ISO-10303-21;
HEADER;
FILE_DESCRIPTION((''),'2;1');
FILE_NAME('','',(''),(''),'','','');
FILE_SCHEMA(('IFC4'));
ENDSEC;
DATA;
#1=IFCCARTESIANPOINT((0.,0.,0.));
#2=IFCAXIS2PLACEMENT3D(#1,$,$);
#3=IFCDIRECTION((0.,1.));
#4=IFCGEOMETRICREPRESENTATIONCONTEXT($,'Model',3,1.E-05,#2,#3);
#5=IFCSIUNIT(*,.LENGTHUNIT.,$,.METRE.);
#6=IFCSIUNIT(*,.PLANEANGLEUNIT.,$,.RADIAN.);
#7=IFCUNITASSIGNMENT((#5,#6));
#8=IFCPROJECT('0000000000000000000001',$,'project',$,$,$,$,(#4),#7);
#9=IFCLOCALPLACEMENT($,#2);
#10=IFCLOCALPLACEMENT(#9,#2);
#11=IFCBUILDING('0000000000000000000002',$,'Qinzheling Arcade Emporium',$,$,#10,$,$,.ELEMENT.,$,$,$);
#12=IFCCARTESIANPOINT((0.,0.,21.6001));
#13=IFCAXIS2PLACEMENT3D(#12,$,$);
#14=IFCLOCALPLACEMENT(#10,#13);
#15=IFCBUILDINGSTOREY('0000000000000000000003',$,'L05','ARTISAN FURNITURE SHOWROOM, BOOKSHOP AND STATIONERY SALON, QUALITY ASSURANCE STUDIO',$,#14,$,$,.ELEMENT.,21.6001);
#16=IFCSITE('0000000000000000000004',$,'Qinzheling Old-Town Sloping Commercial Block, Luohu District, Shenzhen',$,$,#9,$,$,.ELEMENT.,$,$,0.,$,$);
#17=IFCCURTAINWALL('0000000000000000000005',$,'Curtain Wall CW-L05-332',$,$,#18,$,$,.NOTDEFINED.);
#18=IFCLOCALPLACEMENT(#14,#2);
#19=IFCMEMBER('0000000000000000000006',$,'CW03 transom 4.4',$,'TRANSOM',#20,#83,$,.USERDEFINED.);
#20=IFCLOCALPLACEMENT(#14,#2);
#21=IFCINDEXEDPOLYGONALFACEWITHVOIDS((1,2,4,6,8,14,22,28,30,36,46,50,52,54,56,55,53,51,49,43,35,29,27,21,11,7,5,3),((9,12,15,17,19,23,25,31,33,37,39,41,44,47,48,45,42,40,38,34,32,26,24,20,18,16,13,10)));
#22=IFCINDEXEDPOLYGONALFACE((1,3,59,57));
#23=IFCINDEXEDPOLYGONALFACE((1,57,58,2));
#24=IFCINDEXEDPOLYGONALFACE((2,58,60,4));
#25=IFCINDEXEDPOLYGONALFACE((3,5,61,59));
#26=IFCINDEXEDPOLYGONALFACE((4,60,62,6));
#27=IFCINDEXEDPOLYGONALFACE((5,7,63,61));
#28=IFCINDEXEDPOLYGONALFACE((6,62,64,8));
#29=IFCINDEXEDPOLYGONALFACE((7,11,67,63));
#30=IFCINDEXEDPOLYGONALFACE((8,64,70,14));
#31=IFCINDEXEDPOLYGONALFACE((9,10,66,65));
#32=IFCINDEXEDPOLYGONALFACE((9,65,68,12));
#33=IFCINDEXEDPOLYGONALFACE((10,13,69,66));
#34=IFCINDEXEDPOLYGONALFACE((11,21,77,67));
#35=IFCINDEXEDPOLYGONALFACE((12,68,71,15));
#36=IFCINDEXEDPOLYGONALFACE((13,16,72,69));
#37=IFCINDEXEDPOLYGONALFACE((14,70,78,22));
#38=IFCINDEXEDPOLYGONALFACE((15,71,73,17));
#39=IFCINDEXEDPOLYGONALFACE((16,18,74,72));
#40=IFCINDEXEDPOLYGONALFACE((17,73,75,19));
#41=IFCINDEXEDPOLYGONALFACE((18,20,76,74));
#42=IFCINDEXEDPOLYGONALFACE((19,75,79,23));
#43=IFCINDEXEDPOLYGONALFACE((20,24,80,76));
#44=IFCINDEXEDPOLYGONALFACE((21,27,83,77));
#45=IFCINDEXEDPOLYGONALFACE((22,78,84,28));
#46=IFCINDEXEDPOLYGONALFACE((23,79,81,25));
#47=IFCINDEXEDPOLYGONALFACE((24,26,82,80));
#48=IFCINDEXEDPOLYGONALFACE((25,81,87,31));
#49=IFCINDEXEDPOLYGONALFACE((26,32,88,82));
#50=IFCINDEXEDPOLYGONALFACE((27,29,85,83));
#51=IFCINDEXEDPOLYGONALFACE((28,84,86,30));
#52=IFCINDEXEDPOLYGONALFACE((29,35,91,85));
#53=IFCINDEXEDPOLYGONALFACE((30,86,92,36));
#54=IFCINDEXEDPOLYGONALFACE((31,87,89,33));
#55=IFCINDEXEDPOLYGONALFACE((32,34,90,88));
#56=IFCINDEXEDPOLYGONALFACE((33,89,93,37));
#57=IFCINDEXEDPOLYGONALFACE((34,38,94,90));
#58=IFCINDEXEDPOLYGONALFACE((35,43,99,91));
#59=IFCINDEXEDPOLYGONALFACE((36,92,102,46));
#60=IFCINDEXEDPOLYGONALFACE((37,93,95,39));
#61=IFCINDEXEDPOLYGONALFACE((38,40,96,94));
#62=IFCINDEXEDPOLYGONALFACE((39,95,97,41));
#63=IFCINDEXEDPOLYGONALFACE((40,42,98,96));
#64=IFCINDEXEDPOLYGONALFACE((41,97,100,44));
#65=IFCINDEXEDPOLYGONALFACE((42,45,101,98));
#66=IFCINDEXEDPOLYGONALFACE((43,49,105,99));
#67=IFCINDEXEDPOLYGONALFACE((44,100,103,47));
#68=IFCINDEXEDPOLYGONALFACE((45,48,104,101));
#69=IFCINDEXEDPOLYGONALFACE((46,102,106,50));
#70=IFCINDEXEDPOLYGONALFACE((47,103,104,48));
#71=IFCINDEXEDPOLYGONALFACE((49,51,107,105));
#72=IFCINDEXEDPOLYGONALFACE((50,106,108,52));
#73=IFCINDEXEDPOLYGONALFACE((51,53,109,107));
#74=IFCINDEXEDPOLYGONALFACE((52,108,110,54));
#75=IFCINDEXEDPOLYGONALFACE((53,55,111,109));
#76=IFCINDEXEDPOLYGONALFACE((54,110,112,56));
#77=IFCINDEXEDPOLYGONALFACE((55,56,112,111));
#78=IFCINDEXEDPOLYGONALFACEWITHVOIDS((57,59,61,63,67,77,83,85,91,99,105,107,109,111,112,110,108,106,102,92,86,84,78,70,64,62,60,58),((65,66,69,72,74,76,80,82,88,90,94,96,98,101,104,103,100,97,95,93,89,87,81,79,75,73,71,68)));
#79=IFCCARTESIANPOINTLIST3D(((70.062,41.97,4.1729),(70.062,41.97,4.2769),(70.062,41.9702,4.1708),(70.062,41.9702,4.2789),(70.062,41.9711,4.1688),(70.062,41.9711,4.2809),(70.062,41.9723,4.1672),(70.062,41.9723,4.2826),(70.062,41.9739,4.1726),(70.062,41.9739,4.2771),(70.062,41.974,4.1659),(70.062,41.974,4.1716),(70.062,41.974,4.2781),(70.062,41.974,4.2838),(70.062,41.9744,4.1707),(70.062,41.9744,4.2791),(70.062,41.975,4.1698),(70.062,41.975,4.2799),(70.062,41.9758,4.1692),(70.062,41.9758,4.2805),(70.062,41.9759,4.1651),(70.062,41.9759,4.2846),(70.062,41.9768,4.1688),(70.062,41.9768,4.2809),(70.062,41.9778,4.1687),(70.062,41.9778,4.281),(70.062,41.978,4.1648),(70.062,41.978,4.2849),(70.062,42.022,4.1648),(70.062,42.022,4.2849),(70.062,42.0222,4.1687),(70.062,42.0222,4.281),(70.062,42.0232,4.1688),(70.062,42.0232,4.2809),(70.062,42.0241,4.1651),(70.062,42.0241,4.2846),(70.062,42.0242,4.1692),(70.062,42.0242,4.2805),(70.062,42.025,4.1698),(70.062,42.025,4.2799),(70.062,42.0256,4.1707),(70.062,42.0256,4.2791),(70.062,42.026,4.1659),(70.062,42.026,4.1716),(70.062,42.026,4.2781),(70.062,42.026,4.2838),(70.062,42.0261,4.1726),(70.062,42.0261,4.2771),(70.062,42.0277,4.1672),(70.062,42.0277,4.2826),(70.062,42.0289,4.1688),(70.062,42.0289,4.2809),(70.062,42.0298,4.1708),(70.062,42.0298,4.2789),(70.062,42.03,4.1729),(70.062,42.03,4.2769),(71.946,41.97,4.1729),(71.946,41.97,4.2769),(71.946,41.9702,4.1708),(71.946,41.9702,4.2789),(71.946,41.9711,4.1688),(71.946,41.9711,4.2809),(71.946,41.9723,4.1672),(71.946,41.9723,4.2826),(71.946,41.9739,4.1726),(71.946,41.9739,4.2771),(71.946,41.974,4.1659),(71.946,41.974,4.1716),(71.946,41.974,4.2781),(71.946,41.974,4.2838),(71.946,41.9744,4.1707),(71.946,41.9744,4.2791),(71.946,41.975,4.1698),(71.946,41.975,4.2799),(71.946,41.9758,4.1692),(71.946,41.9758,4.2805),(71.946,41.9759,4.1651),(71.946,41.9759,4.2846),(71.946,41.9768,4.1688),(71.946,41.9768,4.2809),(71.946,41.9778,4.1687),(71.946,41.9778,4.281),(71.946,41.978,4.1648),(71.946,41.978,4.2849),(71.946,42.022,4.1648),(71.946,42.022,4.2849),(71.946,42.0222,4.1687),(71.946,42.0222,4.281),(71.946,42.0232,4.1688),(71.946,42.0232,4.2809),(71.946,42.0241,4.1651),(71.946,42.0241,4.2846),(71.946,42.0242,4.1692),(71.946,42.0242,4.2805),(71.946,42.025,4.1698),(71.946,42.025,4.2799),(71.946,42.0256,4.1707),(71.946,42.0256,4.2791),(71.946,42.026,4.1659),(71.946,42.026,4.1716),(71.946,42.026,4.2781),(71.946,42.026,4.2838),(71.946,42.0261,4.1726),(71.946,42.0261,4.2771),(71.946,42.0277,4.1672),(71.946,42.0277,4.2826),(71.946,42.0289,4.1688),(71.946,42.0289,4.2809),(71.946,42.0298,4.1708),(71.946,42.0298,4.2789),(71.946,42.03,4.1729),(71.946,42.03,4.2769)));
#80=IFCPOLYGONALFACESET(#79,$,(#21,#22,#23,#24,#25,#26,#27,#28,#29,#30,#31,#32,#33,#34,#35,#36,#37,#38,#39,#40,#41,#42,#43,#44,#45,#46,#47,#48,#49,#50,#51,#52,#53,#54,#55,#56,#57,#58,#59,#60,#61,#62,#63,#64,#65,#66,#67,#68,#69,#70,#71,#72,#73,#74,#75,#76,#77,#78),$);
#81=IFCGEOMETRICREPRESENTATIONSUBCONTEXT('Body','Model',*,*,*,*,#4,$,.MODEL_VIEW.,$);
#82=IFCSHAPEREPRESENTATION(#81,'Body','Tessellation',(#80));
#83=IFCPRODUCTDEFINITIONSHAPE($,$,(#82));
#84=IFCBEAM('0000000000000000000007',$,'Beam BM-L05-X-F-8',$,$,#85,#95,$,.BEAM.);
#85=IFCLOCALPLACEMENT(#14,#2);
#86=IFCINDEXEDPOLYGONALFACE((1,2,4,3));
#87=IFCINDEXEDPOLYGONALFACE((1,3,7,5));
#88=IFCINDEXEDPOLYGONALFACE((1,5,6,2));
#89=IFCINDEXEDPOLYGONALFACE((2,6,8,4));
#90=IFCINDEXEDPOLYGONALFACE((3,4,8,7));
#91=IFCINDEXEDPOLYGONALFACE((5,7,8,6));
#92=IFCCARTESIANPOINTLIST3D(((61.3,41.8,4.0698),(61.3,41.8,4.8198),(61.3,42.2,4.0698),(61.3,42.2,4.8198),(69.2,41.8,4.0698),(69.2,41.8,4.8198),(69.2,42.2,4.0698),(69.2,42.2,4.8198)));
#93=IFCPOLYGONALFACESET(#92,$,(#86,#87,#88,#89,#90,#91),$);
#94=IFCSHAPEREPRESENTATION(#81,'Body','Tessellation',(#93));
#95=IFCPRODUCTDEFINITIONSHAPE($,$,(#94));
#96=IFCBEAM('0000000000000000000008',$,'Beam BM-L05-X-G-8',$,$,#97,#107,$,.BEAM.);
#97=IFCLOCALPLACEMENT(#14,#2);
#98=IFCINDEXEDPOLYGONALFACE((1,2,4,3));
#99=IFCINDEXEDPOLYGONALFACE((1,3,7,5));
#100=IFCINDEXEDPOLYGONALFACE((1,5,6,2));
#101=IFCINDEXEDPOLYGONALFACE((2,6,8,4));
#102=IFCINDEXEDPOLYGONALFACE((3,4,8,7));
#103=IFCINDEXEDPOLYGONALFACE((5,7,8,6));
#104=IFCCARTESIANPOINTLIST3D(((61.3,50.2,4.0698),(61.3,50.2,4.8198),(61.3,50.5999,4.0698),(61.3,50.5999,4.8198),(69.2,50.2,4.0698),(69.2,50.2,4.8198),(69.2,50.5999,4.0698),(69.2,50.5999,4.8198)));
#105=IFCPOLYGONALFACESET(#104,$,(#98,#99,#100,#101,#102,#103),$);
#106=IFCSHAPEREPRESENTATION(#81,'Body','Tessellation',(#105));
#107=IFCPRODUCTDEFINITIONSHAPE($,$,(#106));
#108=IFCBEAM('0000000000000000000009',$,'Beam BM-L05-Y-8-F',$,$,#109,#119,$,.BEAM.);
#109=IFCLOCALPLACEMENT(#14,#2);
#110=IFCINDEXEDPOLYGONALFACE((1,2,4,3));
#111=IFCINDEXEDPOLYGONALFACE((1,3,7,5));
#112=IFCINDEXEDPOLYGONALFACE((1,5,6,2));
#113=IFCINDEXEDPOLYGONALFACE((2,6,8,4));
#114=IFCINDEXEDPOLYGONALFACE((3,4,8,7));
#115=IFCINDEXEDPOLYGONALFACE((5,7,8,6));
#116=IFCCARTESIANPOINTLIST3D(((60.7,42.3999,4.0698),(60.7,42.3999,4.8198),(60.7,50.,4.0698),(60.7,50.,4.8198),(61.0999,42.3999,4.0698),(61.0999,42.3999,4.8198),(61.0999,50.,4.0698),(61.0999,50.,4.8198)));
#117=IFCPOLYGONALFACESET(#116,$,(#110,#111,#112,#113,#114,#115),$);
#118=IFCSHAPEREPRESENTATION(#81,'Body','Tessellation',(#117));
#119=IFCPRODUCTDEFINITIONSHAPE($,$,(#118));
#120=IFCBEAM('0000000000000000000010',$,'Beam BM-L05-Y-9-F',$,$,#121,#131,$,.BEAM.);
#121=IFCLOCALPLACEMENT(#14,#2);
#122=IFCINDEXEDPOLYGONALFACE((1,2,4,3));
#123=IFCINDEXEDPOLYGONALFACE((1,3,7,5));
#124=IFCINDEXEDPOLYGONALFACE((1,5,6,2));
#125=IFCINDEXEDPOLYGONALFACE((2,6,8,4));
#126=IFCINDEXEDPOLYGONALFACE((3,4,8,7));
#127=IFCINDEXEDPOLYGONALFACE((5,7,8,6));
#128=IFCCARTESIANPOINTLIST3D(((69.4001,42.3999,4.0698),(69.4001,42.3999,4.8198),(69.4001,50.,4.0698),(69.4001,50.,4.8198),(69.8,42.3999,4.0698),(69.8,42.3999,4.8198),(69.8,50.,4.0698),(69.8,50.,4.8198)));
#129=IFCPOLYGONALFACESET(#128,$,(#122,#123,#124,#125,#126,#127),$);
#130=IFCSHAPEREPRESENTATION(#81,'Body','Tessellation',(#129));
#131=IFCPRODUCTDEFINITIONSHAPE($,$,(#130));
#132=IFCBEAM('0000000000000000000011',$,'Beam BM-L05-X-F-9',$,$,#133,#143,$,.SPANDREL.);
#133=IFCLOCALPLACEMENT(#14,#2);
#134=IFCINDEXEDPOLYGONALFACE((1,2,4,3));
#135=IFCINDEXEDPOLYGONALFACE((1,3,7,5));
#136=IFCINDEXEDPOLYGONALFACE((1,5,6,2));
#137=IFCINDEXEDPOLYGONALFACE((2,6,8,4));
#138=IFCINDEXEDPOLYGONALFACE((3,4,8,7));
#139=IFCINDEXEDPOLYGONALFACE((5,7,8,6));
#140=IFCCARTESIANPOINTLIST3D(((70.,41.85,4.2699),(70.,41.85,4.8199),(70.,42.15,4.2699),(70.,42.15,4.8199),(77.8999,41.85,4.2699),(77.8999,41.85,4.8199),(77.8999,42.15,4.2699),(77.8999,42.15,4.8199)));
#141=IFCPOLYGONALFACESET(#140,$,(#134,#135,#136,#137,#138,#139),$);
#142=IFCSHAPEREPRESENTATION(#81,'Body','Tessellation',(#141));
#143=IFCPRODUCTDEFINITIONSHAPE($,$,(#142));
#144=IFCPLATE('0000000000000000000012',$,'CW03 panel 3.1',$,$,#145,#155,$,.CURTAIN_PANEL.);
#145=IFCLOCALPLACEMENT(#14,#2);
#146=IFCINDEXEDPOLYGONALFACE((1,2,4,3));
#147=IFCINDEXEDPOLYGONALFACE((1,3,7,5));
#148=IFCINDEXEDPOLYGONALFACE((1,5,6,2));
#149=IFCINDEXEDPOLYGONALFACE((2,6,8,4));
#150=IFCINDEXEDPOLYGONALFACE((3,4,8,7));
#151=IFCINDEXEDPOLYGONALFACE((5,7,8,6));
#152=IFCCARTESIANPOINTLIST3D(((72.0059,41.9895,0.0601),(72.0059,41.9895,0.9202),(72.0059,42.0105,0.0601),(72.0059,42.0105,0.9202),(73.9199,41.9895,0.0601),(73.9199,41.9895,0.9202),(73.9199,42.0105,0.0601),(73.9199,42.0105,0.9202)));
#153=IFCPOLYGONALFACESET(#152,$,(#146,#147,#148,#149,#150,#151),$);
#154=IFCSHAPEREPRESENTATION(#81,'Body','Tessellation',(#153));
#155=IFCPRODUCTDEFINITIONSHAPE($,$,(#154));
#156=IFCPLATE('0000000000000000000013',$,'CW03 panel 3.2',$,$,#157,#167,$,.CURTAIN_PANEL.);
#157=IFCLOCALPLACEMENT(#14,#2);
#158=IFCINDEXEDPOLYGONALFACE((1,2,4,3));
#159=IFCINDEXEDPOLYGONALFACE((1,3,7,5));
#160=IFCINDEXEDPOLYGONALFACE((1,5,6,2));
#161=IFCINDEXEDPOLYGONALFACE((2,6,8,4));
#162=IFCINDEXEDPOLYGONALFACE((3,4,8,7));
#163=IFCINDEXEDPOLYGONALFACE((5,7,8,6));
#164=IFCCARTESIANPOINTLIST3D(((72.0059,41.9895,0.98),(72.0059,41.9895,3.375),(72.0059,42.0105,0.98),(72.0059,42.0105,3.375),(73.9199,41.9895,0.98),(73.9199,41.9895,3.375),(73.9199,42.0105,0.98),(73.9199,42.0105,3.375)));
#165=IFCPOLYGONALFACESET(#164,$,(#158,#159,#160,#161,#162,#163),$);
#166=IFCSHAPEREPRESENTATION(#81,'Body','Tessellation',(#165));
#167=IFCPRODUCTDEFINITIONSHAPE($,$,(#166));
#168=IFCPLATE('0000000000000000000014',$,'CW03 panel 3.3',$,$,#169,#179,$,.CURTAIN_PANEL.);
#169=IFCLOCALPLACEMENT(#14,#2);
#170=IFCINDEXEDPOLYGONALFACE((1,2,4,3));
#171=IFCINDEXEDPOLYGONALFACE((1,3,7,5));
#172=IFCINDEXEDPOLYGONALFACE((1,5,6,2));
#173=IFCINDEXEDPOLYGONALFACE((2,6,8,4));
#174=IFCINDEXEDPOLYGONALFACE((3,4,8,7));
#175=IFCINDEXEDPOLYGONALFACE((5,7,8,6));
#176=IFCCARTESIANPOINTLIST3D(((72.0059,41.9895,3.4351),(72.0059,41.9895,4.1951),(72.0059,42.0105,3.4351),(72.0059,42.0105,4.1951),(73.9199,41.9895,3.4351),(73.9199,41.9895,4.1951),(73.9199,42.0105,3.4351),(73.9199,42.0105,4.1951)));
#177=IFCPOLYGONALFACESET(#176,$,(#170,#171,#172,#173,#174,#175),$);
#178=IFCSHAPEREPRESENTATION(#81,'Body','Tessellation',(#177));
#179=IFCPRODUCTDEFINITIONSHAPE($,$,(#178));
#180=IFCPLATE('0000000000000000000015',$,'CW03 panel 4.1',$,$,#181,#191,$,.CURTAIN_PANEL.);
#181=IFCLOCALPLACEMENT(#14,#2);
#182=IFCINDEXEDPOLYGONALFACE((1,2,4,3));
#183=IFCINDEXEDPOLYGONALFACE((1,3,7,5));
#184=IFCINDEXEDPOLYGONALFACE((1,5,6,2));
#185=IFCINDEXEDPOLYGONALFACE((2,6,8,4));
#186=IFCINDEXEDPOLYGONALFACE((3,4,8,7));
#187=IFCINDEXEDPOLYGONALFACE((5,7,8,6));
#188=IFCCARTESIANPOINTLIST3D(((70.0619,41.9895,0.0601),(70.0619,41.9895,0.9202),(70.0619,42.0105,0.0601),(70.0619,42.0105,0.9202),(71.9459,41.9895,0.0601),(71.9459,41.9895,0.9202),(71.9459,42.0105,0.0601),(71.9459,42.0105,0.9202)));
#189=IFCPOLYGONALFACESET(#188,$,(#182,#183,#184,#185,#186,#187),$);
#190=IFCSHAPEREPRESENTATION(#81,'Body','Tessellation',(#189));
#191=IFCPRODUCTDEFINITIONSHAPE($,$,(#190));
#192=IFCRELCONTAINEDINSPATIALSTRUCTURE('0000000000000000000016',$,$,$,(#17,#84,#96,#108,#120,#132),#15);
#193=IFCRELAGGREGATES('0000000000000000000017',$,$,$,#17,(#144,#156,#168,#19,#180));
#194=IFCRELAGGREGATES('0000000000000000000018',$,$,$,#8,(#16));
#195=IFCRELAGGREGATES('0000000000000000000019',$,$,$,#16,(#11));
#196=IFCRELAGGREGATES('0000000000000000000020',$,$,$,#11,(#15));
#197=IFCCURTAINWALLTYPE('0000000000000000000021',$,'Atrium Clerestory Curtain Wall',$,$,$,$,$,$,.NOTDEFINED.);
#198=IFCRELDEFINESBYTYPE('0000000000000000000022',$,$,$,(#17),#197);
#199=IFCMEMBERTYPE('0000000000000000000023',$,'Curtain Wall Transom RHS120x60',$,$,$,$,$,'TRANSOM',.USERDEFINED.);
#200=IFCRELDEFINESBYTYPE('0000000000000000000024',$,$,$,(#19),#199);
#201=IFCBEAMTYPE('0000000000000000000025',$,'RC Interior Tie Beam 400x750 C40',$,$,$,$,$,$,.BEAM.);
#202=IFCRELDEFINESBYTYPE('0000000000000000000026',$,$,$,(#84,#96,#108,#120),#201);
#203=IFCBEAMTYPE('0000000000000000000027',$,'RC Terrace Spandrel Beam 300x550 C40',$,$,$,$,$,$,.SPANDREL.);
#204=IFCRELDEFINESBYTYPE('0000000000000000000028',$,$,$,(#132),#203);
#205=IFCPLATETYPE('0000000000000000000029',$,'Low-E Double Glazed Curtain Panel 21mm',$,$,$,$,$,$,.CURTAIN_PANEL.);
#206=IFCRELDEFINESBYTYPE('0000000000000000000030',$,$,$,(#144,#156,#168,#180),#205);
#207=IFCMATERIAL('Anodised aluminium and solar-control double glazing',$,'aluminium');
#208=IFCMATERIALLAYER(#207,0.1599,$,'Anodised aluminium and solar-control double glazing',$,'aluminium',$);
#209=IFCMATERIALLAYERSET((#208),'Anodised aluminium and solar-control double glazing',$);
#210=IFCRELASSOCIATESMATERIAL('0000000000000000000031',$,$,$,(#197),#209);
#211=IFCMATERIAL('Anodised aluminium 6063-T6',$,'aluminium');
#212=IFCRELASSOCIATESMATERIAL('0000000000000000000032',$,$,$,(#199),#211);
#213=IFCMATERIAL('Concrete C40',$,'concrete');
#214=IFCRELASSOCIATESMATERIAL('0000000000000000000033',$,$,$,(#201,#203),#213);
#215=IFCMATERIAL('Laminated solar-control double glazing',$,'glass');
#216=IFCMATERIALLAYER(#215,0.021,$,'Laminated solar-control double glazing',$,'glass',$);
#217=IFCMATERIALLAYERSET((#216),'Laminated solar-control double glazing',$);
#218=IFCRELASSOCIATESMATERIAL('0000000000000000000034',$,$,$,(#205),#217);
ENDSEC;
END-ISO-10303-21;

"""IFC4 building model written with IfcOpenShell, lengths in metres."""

from ifc_helpers import new_model, si_unit, direction, frame, origin, origin_2d, place, context, subcontext, project, spatial, rectangle, hollow_rectangle, extrude, material, layer, layer_set, material_profile, profile_set, type_object, element, aggregate, save


model = new_model("IFC4")

# Units and contexts
model_context = context("Model", 3, precision=1e-05, world=origin(), true_north=direction((0.0, 1.0)))
body_context = subcontext(model_context, "Body", "Model", "MODEL_VIEW")
ifc_project = project(units=[si_unit("LENGTHUNIT", "METRE"), si_unit("PLANEANGLEUNIT", "RADIAN")], contexts=[model_context])

# Site, building, storey
site_placement = place(None, origin())
site = spatial("IfcSite", under=ifc_project, at=site_placement, Name="Qinzheling Old-Town Sloping Commercial Block, Luohu District, Shenzhen", CompositionType="ELEMENT", RefElevation=0.0)
building_placement = place(site_placement, origin())
building = spatial("IfcBuilding", under=site, at=building_placement, Name="Qinzheling Arcade Emporium", CompositionType="ELEMENT")
storey_placement = place(building_placement, frame((0.0, 0.0, 21.6001)))
storey = spatial("IfcBuildingStorey", under=building, at=storey_placement, Name="L05", Description="ARTISAN FURNITURE SHOWROOM, BOOKSHOP AND STATIONERY SALON, QUALITY ASSURANCE STUDIO", CompositionType="ELEMENT", Elevation=21.6001)

# Shared definitions
ifc_material_1 = material(Name="Concrete C40", Category="concrete")

# Curtain wall, member
ifc_material_2 = material(Name="Anodised aluminium and solar-control double glazing", Category="aluminium")
ifc_layer_1 = layer(ifc_material_2, 0.1599, Name="Anodised aluminium and solar-control double glazing", Category="aluminium")
ifc_layer_set_1 = layer_set([ifc_layer_1], Name="Anodised aluminium and solar-control double glazing")
curtain_wall_type = type_object("IfcCurtainWallType", Name="Atrium Clerestory Curtain Wall", PredefinedType="NOTDEFINED", material=ifc_layer_set_1)
curtain_wall_placement = place(storey_placement, origin())
curtain_wall = element("IfcCurtainWall", 1, at=curtain_wall_placement, inside=storey, type_object=curtain_wall_type, Name="Curtain Wall CW-L05-332", PredefinedType="NOTDEFINED")
ifc_material_3 = material(Name="Anodised aluminium 6063-T6", Category="aluminium")
ifc_material_profile_1 = material_profile(ifc_material_3, hollow_rectangle(XDim=0.0601, YDim=0.1201, WallThickness=0.0039, InnerFilletRadius=0.0039, OuterFilletRadius=0.0081, at=origin_2d()), Name="RHS 120x60x4", Category="aluminium")
ifc_profile_set_1 = profile_set([ifc_material_profile_1], Name="Anodised aluminium 6063-T6")
member_type_1 = type_object("IfcMemberType", Name="Curtain Wall Transom RHS120x60", ElementType="TRANSOM", PredefinedType="USERDEFINED", material=ifc_profile_set_1)
member_1_placement = place(storey_placement, frame((71.946, 42.0, 4.2249), z_axis=(-1.0, 0.0, 0.0), x_axis=(0.0, -1.0, 0.0)))
member_1 = element("IfcMember", 2, at=member_1_placement, type_object=member_type_1, Name="CW03 transom 4.4", ObjectType="TRANSOM", PredefinedType="USERDEFINED", context=body_context, shape_type="SweptSolid", body=[
    extrude(hollow_rectangle(XDim=0.0601, YDim=0.1201, WallThickness=0.0039, InnerFilletRadius=0.0039, OuterFilletRadius=0.0081, at=origin_2d()), origin(), (0.0, 0.0, 1.0), 1.884),
])

# Beams
ifc_material_profile_2 = material_profile(ifc_material_1, rectangle(XDim=0.3999, YDim=0.75, at=origin_2d()), Name="RC 400x750", Category="concrete")
ifc_profile_set_2 = profile_set([ifc_material_profile_2], Name="Concrete C40")
beam_type_1 = type_object("IfcBeamType", Name="RC Interior Tie Beam 400x750 C40", PredefinedType="BEAM", material=ifc_profile_set_2)
for number, where, z_axis, x_axis, name in (
    (3, (61.3, 42.0, 4.4448), (1.0, 0.0, 0.0), (0.0, 1.0, 0.0), "Beam BM-L05-X-F-8"),
    (4, (61.3, 50.3999, 4.4448), (1.0, 0.0, 0.0), (0.0, 1.0, 0.0), "Beam BM-L05-X-G-8"),
):
    element("IfcBeam", number, at=place(storey_placement, frame(where, z_axis=z_axis, x_axis=x_axis)), inside=storey, type_object=beam_type_1, Name=name, PredefinedType="BEAM", context=body_context, shape_type="SweptSolid", body=[
        extrude(rectangle(XDim=0.3999, YDim=0.75, at=origin_2d()), origin(), (0.0, 0.0, 1.0), 7.8999),
    ])
for number, where, z_axis, x_axis, name in (
    (5, (60.8999, 42.3999, 4.4448), (0.0, 1.0, 0.0), (-1.0, 0.0, 0.0), "Beam BM-L05-Y-8-F"),
    (6, (69.6001, 42.3999, 4.4448), (0.0, 1.0, 0.0), (-1.0, 0.0, 0.0), "Beam BM-L05-Y-9-F"),
):
    element("IfcBeam", number, at=place(storey_placement, frame(where, z_axis=z_axis, x_axis=x_axis)), inside=storey, type_object=beam_type_1, Name=name, PredefinedType="BEAM", context=body_context, shape_type="SweptSolid", body=[
        extrude(rectangle(XDim=0.3999, YDim=0.75, at=origin_2d()), origin(), (0.0, 0.0, 1.0), 7.6001),
    ])
ifc_material_profile_3 = material_profile(ifc_material_1, rectangle(XDim=0.3, YDim=0.55, at=origin_2d()), Name="RC 300x550", Category="concrete")
ifc_profile_set_3 = profile_set([ifc_material_profile_3], Name="Concrete C40")
beam_type_2 = type_object("IfcBeamType", Name="RC Terrace Spandrel Beam 300x550 C40", PredefinedType="SPANDREL", material=ifc_profile_set_3)
beam_placement = place(storey_placement, frame((70.0, 42.0, 4.5449), z_axis=(1.0, 0.0, 0.0), x_axis=(0.0, 1.0, 0.0)))
element("IfcBeam", 7, at=beam_placement, inside=storey, type_object=beam_type_2, Name="Beam BM-L05-X-F-9", PredefinedType="SPANDREL", context=body_context, shape_type="SweptSolid", body=[
    extrude(rectangle(XDim=0.3, YDim=0.55, at=origin_2d()), origin(), (0.0, 0.0, 1.0), 7.8999),
])

# Plates
ifc_material_4 = material(Name="Laminated solar-control double glazing", Category="glass")
ifc_layer_2 = layer(ifc_material_4, 0.021, Name="Laminated solar-control double glazing", Category="glass")
ifc_layer_set_2 = layer_set([ifc_layer_2], Name="Laminated solar-control double glazing")
plate_type = type_object("IfcPlateType", Name="Low-E Double Glazed Curtain Panel 21mm", PredefinedType="CURTAIN_PANEL", material=ifc_layer_set_2)
plate_1_placement = place(storey_placement, frame((72.9629, 42.0, 0.0601), z_axis=(0.0, 0.0, 1.0), x_axis=(-1.0, 0.0, 0.0)))
plate_1 = element("IfcPlate", 8, at=plate_1_placement, type_object=plate_type, Name="CW03 panel 3.1", PredefinedType="CURTAIN_PANEL", context=body_context, shape_type="SweptSolid", body=[
    extrude(rectangle(XDim=1.9141, YDim=0.021, at=origin_2d()), origin(), (0.0, 0.0, 1.0), 0.8601),
])
plate_2_placement = place(storey_placement, frame((72.9629, 42.0, 0.98), z_axis=(0.0, 0.0, 1.0), x_axis=(-1.0, 0.0, 0.0)))
plate_2 = element("IfcPlate", 9, at=plate_2_placement, type_object=plate_type, Name="CW03 panel 3.2", PredefinedType="CURTAIN_PANEL", context=body_context, shape_type="SweptSolid", body=[
    extrude(rectangle(XDim=1.9141, YDim=0.021, at=origin_2d()), origin(), (0.0, 0.0, 1.0), 2.395),
])
plate_3_placement = place(storey_placement, frame((72.9629, 42.0, 3.4351), z_axis=(0.0, 0.0, 1.0), x_axis=(-1.0, 0.0, 0.0)))
plate_3 = element("IfcPlate", 10, at=plate_3_placement, type_object=plate_type, Name="CW03 panel 3.3", PredefinedType="CURTAIN_PANEL", context=body_context, shape_type="SweptSolid", body=[
    extrude(rectangle(XDim=1.9141, YDim=0.021, at=origin_2d()), origin(), (0.0, 0.0, 1.0), 0.76),
])
plate_4_placement = place(storey_placement, frame((71.0039, 42.0, 0.0601), z_axis=(0.0, 0.0, 1.0), x_axis=(-1.0, 0.0, 0.0)))
plate_4 = element("IfcPlate", 11, at=plate_4_placement, type_object=plate_type, Name="CW03 panel 4.1", PredefinedType="CURTAIN_PANEL", context=body_context, shape_type="SweptSolid", body=[
    extrude(rectangle(XDim=1.884, YDim=0.021, at=origin_2d()), origin(), (0.0, 0.0, 1.0), 0.8601),
])
aggregate(curtain_wall, [plate_1, plate_2, plate_3, member_1, plate_4])

save(model, "model.ifc")
